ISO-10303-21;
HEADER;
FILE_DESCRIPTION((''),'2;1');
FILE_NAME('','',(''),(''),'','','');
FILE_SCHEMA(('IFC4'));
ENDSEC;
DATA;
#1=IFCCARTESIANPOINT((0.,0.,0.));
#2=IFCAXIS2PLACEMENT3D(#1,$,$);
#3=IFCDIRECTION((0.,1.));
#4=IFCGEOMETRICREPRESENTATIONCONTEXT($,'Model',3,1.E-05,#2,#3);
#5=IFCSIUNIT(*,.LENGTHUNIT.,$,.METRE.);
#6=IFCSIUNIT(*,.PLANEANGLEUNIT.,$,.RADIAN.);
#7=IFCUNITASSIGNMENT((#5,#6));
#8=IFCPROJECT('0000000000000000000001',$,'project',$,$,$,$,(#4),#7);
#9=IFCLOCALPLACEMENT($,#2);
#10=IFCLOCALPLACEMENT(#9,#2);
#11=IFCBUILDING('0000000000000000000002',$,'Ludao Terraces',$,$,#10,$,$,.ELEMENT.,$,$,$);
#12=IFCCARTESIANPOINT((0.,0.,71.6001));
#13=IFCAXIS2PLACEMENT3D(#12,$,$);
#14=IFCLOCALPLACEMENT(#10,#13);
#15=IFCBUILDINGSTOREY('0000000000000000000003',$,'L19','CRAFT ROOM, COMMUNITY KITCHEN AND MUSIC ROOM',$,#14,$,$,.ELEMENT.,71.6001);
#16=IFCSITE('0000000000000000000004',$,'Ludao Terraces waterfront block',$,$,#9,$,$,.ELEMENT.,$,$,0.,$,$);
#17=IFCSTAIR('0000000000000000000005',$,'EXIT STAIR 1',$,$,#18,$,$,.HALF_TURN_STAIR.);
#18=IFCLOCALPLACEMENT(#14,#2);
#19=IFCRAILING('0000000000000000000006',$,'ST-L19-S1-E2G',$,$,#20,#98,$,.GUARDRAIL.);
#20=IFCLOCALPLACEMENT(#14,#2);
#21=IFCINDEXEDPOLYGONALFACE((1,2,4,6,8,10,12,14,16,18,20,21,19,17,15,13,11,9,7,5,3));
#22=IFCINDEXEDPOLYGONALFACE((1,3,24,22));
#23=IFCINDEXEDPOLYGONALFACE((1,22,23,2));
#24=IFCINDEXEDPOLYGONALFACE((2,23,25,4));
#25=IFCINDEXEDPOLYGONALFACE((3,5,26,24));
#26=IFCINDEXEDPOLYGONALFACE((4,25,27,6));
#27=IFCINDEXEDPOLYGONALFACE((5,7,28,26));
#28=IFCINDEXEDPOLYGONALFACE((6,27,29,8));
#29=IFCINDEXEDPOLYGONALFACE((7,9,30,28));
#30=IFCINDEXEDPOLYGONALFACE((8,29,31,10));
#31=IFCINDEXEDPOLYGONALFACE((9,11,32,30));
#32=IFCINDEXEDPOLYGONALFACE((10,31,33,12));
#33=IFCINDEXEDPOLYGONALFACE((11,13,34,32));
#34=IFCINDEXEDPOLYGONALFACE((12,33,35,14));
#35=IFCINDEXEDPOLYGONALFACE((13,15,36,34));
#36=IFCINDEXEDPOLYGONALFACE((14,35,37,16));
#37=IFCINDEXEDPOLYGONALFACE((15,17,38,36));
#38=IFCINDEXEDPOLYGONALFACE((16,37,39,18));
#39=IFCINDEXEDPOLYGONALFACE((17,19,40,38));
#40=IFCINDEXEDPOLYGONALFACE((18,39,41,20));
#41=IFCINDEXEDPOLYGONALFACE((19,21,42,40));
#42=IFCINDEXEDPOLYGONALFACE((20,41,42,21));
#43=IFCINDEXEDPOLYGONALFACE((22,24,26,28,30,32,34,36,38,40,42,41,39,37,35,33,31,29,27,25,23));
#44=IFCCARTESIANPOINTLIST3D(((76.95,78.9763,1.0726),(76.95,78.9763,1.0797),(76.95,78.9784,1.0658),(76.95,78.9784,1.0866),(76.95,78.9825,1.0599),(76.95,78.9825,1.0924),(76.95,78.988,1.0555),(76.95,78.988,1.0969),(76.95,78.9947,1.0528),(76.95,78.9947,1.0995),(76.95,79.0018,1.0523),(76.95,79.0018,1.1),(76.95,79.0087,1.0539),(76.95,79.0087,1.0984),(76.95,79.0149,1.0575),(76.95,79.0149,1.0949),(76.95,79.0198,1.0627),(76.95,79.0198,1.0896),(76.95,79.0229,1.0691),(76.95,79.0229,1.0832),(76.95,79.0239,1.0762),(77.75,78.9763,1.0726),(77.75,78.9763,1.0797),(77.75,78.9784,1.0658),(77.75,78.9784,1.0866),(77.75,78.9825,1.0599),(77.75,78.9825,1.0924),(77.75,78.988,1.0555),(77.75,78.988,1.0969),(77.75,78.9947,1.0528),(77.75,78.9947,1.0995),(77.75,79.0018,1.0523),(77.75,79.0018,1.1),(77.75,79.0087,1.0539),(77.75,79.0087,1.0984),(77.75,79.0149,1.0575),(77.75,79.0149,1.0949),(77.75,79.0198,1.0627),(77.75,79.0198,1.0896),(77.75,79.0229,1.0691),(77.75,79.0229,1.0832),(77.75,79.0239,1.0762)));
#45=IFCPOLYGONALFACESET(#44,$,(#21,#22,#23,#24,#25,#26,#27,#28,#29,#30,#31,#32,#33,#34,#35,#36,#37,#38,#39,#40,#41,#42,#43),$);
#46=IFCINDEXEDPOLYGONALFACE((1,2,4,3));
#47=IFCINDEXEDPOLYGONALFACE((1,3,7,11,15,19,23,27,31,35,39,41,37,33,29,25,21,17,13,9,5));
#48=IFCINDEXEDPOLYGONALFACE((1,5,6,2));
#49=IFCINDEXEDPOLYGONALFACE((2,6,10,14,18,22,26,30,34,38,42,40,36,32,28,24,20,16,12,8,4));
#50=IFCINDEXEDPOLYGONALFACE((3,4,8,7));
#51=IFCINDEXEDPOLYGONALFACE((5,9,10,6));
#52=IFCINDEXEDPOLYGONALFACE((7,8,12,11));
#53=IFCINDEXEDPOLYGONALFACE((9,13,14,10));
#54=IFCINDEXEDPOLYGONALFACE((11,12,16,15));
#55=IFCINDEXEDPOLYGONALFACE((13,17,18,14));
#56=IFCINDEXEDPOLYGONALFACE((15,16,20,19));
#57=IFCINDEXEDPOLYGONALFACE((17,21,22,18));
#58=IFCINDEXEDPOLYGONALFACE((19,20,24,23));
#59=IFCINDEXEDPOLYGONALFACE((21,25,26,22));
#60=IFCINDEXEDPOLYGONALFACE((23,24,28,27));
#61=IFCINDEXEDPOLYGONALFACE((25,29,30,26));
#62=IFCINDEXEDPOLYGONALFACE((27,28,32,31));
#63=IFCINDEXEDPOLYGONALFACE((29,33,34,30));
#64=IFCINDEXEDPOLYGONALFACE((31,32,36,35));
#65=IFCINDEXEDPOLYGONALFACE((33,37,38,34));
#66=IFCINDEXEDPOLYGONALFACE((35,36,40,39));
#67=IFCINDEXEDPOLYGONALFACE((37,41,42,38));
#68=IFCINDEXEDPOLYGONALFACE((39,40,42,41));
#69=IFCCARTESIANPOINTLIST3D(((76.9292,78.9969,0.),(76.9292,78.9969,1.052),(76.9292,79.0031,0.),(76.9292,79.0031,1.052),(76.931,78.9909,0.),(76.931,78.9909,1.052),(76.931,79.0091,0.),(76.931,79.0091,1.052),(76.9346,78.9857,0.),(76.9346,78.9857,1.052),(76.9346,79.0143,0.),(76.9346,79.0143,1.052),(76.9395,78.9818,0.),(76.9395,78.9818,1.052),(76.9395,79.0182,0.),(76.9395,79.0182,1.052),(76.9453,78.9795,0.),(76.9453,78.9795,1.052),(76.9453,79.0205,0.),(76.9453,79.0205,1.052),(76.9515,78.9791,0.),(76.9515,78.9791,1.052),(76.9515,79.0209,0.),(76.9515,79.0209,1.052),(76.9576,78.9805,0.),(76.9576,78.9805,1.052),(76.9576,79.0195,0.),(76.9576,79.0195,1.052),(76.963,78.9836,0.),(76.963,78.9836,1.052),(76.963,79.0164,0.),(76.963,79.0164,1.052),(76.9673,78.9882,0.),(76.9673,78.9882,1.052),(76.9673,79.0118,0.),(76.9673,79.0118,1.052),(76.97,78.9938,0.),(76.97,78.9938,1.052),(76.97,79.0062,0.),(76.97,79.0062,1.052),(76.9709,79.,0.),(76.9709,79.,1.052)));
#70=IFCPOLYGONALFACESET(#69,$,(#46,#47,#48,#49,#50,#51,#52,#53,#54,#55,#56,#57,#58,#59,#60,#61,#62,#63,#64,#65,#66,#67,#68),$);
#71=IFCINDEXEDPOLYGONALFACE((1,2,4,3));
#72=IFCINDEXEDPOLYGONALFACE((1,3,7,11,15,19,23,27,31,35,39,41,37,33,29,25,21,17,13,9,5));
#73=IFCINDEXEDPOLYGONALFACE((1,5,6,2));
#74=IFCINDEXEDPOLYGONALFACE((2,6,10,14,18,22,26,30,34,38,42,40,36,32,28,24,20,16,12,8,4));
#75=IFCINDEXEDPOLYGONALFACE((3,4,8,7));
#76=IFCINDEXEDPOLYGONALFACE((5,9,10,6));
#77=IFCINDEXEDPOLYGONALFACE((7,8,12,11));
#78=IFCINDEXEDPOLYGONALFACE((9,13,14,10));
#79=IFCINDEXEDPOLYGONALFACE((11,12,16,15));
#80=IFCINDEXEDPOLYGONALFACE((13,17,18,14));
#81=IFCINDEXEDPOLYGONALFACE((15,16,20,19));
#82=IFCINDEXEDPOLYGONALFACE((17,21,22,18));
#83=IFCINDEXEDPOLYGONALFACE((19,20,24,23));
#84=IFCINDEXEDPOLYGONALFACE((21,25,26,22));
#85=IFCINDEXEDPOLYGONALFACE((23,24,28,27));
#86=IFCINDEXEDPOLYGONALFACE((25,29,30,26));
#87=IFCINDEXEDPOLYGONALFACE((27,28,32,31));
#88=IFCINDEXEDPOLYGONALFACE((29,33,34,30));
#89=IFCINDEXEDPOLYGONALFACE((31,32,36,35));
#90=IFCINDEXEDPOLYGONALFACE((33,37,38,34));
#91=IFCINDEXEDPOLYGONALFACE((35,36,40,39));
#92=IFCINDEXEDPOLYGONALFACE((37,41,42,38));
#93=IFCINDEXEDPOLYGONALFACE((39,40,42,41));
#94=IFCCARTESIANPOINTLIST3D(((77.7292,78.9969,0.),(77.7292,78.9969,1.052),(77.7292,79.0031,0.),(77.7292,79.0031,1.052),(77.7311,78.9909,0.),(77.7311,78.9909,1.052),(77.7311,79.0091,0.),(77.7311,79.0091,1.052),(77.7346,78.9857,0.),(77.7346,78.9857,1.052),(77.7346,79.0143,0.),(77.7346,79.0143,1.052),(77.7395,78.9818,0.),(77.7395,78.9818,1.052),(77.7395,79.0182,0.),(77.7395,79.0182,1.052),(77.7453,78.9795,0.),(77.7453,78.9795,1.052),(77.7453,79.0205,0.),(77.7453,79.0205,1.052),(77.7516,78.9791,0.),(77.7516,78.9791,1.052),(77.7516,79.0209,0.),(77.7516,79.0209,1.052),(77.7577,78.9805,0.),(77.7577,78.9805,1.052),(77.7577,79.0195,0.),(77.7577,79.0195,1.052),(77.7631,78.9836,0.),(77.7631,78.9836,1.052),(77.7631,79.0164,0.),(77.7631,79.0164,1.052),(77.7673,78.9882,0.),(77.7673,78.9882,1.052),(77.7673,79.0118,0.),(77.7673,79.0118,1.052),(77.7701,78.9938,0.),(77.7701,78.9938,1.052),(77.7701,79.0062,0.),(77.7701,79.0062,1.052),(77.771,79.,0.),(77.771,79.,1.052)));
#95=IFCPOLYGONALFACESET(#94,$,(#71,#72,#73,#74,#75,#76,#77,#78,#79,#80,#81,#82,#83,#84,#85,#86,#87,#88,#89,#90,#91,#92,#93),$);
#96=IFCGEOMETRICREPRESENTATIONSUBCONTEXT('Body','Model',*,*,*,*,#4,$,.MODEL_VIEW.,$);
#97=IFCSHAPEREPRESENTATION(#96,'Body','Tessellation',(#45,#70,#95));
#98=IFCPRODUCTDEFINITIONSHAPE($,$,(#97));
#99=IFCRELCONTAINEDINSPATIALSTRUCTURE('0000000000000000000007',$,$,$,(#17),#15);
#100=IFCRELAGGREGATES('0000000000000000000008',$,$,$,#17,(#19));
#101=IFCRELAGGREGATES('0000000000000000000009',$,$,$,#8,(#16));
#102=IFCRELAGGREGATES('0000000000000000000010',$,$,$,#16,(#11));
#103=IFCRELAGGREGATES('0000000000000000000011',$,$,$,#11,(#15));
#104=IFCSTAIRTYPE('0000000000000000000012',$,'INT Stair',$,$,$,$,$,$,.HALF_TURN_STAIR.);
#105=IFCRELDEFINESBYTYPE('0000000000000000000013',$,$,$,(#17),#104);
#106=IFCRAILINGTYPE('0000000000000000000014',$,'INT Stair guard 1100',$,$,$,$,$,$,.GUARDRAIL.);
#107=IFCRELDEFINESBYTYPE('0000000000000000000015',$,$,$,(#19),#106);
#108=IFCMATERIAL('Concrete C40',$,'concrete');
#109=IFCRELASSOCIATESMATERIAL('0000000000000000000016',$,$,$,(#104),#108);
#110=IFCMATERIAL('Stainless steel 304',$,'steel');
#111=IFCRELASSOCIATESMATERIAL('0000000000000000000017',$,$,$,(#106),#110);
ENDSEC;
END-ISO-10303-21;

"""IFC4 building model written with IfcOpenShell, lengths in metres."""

from ifc_helpers import new_model, si_unit, direction, frame, origin, origin_2d, place, context, subcontext, project, spatial, circle, extrude, material, type_object, element, aggregate, save


model = new_model("IFC4")

# Units and contexts
model_context = context("Model", 3, precision=1e-05, world=origin(), true_north=direction((0.0, 1.0)))
body_context = subcontext(model_context, "Body", "Model", "MODEL_VIEW")
ifc_project = project(units=[si_unit("LENGTHUNIT", "METRE"), si_unit("PLANEANGLEUNIT", "RADIAN")], contexts=[model_context])

# Site, building, storey
site_placement = place(None, origin())
site = spatial("IfcSite", under=ifc_project, at=site_placement, Name="Ludao Terraces waterfront block", CompositionType="ELEMENT", RefElevation=0.0)
building_placement = place(site_placement, origin())
building = spatial("IfcBuilding", under=site, at=building_placement, Name="Ludao Terraces", CompositionType="ELEMENT")
storey_placement = place(building_placement, frame((0.0, 0.0, 71.6001)))
storey = spatial("IfcBuildingStorey", under=building, at=storey_placement, Name="L19", Description="CRAFT ROOM, COMMUNITY KITCHEN AND MUSIC ROOM", CompositionType="ELEMENT", Elevation=71.6001)

# Shared definitions
ifc_material_1 = material(Name="Concrete C40", Category="concrete")

# Stair, railing
stair_type = type_object("IfcStairType", Name="INT Stair", PredefinedType="HALF_TURN_STAIR", material=ifc_material_1)
stair_placement = place(storey_placement, origin())
stair = element("IfcStair", 1, at=stair_placement, inside=storey, type_object=stair_type, Name="EXIT STAIR 1", PredefinedType="HALF_TURN_STAIR")
ifc_material_2 = material(Name="Stainless steel 304", Category="steel")
railing_type_1 = type_object("IfcRailingType", Name="INT Stair guard 1100", PredefinedType="GUARDRAIL", material=ifc_material_2)
railing_1_placement = place(storey_placement, frame((76.95, 79.0, 0.0)))
railing_1 = element("IfcRailing", 2, at=railing_1_placement, type_object=railing_type_1, Name="ST-L19-S1-E2G", PredefinedType="GUARDRAIL", context=body_context, shape_type="SweptSolid", body=[
    extrude(circle(Radius=0.0239, at=origin_2d()), frame((0.0, 0.0, 1.0762), z_axis=(1.0, 0.0, 0.0), x_axis=(0.0, 1.0, 0.0)), (0.0, 0.0, 1.0), 0.8),
    extrude(circle(Radius=0.021, at=origin_2d()), origin(), (0.0, 0.0, 1.0), 1.052),
    extrude(circle(Radius=0.021, at=origin_2d()), frame((0.8, 0.0, 0.0)), (0.0, 0.0, 1.0), 1.052),
])
aggregate(stair, [railing_1])

save(model, "model.ifc")
